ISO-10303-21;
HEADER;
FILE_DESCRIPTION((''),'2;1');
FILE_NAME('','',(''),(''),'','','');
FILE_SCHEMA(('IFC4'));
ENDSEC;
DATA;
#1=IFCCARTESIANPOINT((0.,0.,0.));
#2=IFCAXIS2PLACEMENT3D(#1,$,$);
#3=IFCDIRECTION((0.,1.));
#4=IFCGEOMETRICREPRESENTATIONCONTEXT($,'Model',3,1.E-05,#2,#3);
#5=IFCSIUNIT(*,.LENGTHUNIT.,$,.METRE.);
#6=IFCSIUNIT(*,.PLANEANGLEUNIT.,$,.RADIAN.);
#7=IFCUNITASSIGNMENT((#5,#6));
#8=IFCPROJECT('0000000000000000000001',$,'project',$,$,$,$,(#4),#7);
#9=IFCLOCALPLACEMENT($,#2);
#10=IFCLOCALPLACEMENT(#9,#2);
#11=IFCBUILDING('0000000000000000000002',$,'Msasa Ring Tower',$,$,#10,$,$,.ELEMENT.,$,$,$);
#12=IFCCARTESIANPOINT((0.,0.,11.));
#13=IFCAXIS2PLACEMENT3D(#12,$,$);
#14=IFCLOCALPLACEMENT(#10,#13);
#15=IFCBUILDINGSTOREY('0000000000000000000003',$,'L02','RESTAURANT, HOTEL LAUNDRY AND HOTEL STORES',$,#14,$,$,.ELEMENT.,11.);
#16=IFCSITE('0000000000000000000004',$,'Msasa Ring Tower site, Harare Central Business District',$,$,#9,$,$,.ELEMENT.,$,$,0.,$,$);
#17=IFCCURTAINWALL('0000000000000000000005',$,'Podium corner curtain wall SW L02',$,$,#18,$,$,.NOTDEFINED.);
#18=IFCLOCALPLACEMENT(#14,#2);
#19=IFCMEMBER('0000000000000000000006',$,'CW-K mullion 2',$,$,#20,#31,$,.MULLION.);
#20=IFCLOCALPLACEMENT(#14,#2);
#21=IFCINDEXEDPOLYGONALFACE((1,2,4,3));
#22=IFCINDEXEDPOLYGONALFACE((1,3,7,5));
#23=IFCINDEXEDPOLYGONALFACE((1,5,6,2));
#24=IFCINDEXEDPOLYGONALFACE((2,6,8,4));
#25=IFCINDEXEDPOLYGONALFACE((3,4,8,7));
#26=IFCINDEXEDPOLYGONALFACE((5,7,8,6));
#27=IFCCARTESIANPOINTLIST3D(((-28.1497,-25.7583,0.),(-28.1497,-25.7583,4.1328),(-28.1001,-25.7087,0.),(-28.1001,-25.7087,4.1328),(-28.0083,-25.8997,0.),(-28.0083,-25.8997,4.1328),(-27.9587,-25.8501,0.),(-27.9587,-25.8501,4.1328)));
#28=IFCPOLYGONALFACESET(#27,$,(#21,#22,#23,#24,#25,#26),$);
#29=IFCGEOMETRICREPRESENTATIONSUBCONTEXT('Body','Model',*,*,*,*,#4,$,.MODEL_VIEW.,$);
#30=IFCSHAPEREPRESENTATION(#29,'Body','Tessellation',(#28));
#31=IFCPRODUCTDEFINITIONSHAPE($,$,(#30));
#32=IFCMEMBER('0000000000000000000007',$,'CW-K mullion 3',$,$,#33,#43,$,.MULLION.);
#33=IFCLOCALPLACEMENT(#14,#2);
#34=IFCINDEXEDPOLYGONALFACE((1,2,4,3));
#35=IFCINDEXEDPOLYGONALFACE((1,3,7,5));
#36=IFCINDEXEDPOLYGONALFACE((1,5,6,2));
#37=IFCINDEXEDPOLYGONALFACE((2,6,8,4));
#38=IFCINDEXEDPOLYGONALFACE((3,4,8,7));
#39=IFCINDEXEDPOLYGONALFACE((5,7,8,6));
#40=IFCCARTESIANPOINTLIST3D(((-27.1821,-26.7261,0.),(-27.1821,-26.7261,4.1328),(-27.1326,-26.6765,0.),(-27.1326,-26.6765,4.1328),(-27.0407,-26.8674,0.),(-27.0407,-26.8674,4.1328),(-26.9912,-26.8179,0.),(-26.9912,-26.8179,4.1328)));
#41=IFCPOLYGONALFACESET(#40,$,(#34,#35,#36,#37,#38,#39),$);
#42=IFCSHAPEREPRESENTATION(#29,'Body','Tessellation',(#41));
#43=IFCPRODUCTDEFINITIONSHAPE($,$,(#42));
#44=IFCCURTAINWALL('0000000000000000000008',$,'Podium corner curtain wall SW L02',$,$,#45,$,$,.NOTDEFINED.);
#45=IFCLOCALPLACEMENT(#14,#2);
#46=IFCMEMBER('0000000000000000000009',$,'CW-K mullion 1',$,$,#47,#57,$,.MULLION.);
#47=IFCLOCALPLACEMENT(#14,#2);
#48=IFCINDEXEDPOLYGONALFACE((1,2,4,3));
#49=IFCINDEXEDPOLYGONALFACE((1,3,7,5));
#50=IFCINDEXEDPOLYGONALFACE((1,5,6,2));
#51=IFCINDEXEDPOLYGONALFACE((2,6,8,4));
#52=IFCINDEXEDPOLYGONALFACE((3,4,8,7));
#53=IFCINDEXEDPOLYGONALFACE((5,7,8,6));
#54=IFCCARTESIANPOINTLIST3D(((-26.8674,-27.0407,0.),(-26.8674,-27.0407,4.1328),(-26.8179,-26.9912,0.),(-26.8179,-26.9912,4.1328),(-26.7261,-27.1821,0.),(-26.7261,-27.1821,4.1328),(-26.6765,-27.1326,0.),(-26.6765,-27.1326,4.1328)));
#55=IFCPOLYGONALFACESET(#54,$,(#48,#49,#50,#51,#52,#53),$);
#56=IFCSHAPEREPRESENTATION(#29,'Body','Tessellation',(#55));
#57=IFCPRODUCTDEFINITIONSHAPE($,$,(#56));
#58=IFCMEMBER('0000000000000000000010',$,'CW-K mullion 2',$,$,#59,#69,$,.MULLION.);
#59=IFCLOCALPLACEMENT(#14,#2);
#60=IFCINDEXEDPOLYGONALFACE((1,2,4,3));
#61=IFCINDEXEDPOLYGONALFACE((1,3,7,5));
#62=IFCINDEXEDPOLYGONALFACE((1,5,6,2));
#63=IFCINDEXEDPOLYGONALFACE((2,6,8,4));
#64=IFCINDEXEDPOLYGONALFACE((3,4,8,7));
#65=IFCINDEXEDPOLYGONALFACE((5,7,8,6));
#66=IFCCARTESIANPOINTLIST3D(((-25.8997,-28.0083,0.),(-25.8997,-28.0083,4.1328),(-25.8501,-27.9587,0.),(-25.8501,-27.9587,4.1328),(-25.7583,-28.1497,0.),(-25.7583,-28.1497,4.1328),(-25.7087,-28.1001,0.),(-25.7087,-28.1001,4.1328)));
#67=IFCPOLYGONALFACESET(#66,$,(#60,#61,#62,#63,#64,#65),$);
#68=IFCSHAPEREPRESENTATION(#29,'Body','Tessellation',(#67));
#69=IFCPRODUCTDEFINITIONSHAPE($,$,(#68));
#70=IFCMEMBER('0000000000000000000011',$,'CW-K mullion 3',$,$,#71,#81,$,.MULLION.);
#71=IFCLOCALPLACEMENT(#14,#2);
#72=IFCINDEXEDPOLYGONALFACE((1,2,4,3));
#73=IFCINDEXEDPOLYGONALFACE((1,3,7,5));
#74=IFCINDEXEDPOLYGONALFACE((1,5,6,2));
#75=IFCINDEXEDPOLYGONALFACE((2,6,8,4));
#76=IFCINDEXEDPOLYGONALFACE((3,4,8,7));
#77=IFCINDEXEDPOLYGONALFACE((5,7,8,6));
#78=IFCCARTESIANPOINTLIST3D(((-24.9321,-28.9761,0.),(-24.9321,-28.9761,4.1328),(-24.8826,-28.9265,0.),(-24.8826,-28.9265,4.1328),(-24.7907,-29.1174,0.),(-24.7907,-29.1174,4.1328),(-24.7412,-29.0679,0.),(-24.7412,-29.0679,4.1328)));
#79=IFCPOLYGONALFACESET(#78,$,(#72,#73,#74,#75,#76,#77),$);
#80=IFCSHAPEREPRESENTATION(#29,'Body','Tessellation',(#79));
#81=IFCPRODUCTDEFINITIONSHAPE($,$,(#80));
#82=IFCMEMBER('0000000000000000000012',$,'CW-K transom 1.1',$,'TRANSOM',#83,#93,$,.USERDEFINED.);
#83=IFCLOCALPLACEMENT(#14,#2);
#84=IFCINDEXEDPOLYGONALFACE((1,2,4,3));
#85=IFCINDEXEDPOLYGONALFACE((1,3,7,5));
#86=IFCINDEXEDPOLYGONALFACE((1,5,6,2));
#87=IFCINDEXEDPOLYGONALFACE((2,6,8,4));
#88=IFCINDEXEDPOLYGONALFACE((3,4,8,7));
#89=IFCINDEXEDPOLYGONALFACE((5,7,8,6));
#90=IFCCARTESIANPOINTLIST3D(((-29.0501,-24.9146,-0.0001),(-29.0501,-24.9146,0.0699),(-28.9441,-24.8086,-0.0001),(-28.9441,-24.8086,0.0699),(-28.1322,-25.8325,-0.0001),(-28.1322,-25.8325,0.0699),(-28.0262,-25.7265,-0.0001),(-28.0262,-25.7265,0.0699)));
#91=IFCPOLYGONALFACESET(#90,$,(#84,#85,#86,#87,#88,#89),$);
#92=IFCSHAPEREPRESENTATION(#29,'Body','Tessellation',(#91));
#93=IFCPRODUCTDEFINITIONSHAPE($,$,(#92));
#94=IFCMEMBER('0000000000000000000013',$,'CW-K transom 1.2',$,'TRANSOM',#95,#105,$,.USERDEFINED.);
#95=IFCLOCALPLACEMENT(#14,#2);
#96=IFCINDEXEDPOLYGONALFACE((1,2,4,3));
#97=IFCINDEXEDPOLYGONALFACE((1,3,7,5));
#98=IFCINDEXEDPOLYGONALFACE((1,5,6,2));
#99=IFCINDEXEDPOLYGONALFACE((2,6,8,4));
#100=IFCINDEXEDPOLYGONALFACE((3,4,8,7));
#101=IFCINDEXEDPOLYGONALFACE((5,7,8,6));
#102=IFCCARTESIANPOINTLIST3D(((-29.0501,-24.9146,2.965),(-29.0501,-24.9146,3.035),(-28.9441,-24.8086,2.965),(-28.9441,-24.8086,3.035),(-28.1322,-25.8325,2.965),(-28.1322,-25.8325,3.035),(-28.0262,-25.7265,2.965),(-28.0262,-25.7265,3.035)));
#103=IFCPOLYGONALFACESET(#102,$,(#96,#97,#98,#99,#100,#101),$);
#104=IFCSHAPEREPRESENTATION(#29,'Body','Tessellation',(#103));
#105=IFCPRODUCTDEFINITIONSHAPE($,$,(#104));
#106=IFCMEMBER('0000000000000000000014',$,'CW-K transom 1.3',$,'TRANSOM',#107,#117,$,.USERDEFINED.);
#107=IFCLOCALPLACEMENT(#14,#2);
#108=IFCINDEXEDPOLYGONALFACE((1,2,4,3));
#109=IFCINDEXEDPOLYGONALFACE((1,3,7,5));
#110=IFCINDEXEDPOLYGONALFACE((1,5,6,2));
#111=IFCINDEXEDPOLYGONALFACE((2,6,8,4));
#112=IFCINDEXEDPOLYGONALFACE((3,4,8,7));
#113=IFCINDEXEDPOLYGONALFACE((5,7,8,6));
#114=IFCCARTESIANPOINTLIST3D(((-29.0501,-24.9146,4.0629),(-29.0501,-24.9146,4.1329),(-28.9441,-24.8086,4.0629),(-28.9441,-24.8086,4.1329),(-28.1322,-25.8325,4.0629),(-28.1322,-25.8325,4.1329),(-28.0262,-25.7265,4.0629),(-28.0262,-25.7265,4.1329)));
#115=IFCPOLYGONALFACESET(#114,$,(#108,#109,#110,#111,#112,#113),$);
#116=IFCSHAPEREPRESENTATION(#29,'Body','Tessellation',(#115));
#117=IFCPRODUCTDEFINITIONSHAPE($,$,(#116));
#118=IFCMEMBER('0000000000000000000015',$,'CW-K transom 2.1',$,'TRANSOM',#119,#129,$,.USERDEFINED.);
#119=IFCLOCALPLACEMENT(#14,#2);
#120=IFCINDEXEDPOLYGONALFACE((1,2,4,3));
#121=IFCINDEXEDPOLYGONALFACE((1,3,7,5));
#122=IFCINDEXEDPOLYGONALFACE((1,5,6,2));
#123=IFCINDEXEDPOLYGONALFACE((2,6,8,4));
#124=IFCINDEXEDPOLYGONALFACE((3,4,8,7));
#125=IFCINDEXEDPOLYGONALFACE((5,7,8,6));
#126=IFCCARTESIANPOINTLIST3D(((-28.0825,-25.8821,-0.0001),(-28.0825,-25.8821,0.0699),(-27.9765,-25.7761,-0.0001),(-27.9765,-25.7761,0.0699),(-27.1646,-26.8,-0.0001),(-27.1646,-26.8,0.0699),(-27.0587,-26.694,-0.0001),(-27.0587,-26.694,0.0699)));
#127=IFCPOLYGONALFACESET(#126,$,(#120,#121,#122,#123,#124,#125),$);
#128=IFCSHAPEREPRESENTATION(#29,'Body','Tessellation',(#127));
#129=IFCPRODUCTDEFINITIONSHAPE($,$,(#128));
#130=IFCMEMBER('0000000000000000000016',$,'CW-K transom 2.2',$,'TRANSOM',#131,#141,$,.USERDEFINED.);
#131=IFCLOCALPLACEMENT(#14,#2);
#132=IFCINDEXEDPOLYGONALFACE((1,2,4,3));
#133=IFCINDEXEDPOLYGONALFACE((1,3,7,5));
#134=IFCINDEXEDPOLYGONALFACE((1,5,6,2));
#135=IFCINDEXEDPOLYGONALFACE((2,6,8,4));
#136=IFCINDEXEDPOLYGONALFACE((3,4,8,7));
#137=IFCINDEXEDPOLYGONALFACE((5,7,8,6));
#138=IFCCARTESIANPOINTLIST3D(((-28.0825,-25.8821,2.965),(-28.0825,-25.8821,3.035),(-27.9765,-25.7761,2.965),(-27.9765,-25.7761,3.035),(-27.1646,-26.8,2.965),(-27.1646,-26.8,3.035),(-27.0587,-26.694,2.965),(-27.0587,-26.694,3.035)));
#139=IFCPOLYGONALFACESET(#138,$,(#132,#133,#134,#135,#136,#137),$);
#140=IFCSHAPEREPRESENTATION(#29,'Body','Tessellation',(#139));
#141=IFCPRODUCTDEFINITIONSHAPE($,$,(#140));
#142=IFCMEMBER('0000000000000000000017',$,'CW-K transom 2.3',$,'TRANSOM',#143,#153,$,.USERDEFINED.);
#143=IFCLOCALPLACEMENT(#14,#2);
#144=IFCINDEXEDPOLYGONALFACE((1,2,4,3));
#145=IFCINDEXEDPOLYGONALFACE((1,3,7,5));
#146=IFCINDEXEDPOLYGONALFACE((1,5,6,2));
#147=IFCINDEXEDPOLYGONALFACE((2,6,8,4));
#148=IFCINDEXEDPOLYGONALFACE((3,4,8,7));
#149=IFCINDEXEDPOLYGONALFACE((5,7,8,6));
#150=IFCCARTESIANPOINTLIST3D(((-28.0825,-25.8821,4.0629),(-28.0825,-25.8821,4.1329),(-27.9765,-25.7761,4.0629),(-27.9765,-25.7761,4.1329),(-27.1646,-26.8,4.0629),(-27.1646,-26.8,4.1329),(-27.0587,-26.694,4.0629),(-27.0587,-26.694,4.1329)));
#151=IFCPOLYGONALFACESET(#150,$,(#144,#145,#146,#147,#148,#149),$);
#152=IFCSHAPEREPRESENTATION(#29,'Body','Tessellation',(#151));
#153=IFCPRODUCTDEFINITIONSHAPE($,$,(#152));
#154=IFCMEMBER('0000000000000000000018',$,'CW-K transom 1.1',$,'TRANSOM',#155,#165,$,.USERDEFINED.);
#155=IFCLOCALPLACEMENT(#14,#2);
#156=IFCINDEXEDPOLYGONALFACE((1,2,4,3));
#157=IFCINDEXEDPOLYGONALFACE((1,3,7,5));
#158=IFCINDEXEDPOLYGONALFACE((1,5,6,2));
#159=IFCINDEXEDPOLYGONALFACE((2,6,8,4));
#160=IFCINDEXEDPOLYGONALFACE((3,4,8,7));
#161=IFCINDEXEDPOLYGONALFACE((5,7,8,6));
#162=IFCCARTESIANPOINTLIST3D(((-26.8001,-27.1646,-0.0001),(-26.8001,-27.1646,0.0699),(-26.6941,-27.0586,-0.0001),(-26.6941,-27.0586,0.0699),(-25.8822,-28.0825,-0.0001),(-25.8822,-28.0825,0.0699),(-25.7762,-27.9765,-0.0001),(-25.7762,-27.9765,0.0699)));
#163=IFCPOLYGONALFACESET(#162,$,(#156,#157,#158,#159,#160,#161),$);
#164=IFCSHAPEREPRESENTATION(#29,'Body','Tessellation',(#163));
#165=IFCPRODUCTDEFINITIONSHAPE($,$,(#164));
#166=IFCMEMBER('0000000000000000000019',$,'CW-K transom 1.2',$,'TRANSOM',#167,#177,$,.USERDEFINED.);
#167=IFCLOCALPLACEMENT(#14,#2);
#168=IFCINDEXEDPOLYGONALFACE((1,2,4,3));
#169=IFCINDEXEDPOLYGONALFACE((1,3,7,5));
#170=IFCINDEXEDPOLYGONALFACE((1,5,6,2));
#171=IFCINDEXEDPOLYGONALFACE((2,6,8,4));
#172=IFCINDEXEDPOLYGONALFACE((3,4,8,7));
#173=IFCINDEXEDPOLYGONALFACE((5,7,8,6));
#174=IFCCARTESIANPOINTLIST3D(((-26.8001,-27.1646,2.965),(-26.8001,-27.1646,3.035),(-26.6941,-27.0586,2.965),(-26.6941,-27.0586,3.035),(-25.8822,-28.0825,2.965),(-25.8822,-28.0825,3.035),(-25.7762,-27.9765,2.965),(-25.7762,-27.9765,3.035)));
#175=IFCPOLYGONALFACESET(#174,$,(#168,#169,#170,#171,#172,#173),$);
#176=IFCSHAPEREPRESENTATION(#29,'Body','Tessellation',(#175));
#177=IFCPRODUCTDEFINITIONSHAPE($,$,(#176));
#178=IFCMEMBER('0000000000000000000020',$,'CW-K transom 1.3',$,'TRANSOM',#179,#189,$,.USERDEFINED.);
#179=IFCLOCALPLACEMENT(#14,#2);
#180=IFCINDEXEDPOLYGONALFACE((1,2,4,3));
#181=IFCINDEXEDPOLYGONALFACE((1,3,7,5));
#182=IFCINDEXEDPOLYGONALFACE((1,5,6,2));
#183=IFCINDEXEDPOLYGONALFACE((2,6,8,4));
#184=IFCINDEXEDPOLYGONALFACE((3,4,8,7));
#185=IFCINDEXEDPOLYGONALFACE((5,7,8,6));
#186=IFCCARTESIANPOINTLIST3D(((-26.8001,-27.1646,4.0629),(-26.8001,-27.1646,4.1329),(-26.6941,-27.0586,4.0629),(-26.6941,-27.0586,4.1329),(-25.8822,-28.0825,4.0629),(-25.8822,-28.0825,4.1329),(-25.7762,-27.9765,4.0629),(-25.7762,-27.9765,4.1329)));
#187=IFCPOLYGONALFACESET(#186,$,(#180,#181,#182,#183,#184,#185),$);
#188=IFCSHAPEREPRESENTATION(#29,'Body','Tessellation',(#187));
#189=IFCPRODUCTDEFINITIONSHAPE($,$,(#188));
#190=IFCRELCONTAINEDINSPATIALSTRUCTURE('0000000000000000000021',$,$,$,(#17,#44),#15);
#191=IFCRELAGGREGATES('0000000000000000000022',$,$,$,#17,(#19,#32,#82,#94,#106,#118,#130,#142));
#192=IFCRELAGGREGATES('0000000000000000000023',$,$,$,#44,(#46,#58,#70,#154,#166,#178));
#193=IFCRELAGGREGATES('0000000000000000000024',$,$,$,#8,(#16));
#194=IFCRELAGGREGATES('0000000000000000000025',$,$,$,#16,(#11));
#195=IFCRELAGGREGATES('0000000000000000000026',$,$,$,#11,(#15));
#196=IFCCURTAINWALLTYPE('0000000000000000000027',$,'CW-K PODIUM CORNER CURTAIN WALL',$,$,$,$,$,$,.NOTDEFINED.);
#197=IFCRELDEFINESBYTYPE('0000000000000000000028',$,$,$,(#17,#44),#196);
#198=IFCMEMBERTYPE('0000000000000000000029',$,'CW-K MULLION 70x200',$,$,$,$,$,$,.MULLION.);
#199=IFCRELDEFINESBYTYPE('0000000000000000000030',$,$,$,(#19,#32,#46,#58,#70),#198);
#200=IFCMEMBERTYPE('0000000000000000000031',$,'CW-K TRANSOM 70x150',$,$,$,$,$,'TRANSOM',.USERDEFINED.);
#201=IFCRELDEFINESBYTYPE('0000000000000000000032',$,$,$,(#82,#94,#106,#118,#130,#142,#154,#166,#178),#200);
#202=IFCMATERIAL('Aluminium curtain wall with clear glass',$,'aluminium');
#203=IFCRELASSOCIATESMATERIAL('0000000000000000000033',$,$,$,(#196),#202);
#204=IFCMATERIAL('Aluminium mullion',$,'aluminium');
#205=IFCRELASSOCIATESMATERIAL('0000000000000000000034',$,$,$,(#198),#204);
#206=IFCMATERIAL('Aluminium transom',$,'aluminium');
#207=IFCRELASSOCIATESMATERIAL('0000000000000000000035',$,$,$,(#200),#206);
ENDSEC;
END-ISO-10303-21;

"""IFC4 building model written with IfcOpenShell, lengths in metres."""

from ifc_helpers import new_model, si_unit, direction, frame, origin, origin_2d, place, context, subcontext, project, spatial, rectangle, extrude, material, material_profile, profile_set, type_object, element, aggregate, save


model = new_model("IFC4")

# Units and contexts
model_context = context("Model", 3, precision=1e-05, world=origin(), true_north=direction((0.0, 1.0)))
body_context = subcontext(model_context, "Body", "Model", "MODEL_VIEW")
ifc_project = project(units=[si_unit("LENGTHUNIT", "METRE"), si_unit("PLANEANGLEUNIT", "RADIAN")], contexts=[model_context])

# Site, building, storey
site_placement = place(None, origin())
site = spatial("IfcSite", under=ifc_project, at=site_placement, Name="Msasa Ring Tower site, Harare Central Business District", CompositionType="ELEMENT", RefElevation=0.0)
building_placement = place(site_placement, origin())
building = spatial("IfcBuilding", under=site, at=building_placement, Name="Msasa Ring Tower", CompositionType="ELEMENT")
storey_placement = place(building_placement, frame((0.0, 0.0, 11.0)))
storey = spatial("IfcBuildingStorey", under=building, at=storey_placement, Name="L02", Description="RESTAURANT, HOTEL LAUNDRY AND HOTEL STORES", CompositionType="ELEMENT", Elevation=11.0)

# Curtain walls, members
ifc_material_1 = material(Name="Aluminium curtain wall with clear glass", Category="aluminium")
curtain_wall_type = type_object("IfcCurtainWallType", Name="CW-K PODIUM CORNER CURTAIN WALL", PredefinedType="NOTDEFINED", material=ifc_material_1)
curtain_wall_1_placement = place(storey_placement, origin())
curtain_wall_1 = element("IfcCurtainWall", 1, at=curtain_wall_1_placement, inside=storey, type_object=curtain_wall_type, Name="Podium corner curtain wall SW L02", PredefinedType="NOTDEFINED")
ifc_material_2 = material(Name="Aluminium mullion", Category="aluminium")
ifc_material_profile_1 = material_profile(ifc_material_2, rectangle(XDim=0.0701, YDim=0.2, at=origin_2d()), Name="AL 70x200")
ifc_profile_set_1 = profile_set([ifc_material_profile_1], Name="Aluminium mullion")
member_type_1 = type_object("IfcMemberType", Name="CW-K MULLION 70x200", PredefinedType="MULLION", material=ifc_profile_set_1)
member_1_placement = place(storey_placement, frame((-28.0542, -25.8042, 0.0), z_axis=(0.0, 0.0, 1.0), x_axis=(0.707107, 0.707107, 0.0)))
member_1 = element("IfcMember", 2, at=member_1_placement, type_object=member_type_1, Name="CW-K mullion 2", PredefinedType="MULLION", context=body_context, shape_type="SweptSolid", body=[
    extrude(rectangle(XDim=0.0701, YDim=0.2, at=origin_2d()), origin(), (0.0, 0.0, 1.0), 4.1328),
])
member_2_placement = place(storey_placement, frame((-27.0867, -26.772, 0.0), z_axis=(0.0, 0.0, 1.0), x_axis=(0.707107, 0.707107, 0.0)))
member_2 = element("IfcMember", 3, at=member_2_placement, type_object=member_type_1, Name="CW-K mullion 3", PredefinedType="MULLION", context=body_context, shape_type="SweptSolid", body=[
    extrude(rectangle(XDim=0.0701, YDim=0.2, at=origin_2d()), origin(), (0.0, 0.0, 1.0), 4.1328),
])
curtain_wall_2_placement = place(storey_placement, origin())
curtain_wall_2 = element("IfcCurtainWall", 4, at=curtain_wall_2_placement, inside=storey, type_object=curtain_wall_type, Name="Podium corner curtain wall SW L02", PredefinedType="NOTDEFINED")
member_3_placement = place(storey_placement, frame((-26.772, -27.0867, 0.0), z_axis=(0.0, 0.0, 1.0), x_axis=(0.707107, 0.707107, 0.0)))
member_3 = element("IfcMember", 5, at=member_3_placement, type_object=member_type_1, Name="CW-K mullion 1", PredefinedType="MULLION", context=body_context, shape_type="SweptSolid", body=[
    extrude(rectangle(XDim=0.0701, YDim=0.2, at=origin_2d()), origin(), (0.0, 0.0, 1.0), 4.1328),
])
member_4_placement = place(storey_placement, frame((-25.8042, -28.0542, 0.0), z_axis=(0.0, 0.0, 1.0), x_axis=(0.707107, 0.707107, 0.0)))
member_4 = element("IfcMember", 6, at=member_4_placement, type_object=member_type_1, Name="CW-K mullion 2", PredefinedType="MULLION", context=body_context, shape_type="SweptSolid", body=[
    extrude(rectangle(XDim=0.0701, YDim=0.2, at=origin_2d()), origin(), (0.0, 0.0, 1.0), 4.1328),
])
member_5_placement = place(storey_placement, frame((-24.8367, -29.022, 0.0), z_axis=(0.0, 0.0, 1.0), x_axis=(0.707107, 0.707107, 0.0)))
member_5 = element("IfcMember", 7, at=member_5_placement, type_object=member_type_1, Name="CW-K mullion 3", PredefinedType="MULLION", context=body_context, shape_type="SweptSolid", body=[
    extrude(rectangle(XDim=0.0701, YDim=0.2, at=origin_2d()), origin(), (0.0, 0.0, 1.0), 4.1328),
])

# Members
ifc_material_3 = material(Name="Aluminium transom", Category="aluminium")
ifc_material_profile_2 = material_profile(ifc_material_3, rectangle(XDim=0.1499, YDim=0.0701, at=origin_2d()), Name="AL 70x150")
ifc_profile_set_2 = profile_set([ifc_material_profile_2], Name="Aluminium transom")
member_type_2 = type_object("IfcMemberType", Name="CW-K TRANSOM 70x150", ElementType="TRANSOM", PredefinedType="USERDEFINED", material=ifc_profile_set_2)
member_6_placement = place(storey_placement, frame((-28.9971, -24.8616, 0.0349), z_axis=(0.707107, -0.707107, 0.0), x_axis=(0.707107, 0.707107, 0.0)))
member_6 = element("IfcMember", 8, at=member_6_placement, type_object=member_type_2, Name="CW-K transom 1.1", ObjectType="TRANSOM", PredefinedType="USERDEFINED", context=body_context, shape_type="SweptSolid", body=[
    extrude(rectangle(XDim=0.1499, YDim=0.0701, at=origin_2d()), origin(), (0.0, 0.0, 1.0), 1.2981),
])
member_7_placement = place(storey_placement, frame((-28.9971, -24.8616, 3.0), z_axis=(0.707107, -0.707107, 0.0), x_axis=(0.707107, 0.707107, 0.0)))
member_7 = element("IfcMember", 9, at=member_7_placement, type_object=member_type_2, Name="CW-K transom 1.2", ObjectType="TRANSOM", PredefinedType="USERDEFINED", context=body_context, shape_type="SweptSolid", body=[
    extrude(rectangle(XDim=0.1499, YDim=0.0701, at=origin_2d()), origin(), (0.0, 0.0, 1.0), 1.2981),
])
member_8_placement = place(storey_placement, frame((-28.9971, -24.8616, 4.0979), z_axis=(0.707107, -0.707107, 0.0), x_axis=(0.707107, 0.707107, 0.0)))
member_8 = element("IfcMember", 10, at=member_8_placement, type_object=member_type_2, Name="CW-K transom 1.3", ObjectType="TRANSOM", PredefinedType="USERDEFINED", context=body_context, shape_type="SweptSolid", body=[
    extrude(rectangle(XDim=0.1499, YDim=0.0701, at=origin_2d()), origin(), (0.0, 0.0, 1.0), 1.2981),
])
member_9_placement = place(storey_placement, frame((-28.0295, -25.8291, 0.0349), z_axis=(0.707107, -0.707107, 0.0), x_axis=(0.707107, 0.707107, 0.0)))
member_9 = element("IfcMember", 11, at=member_9_placement, type_object=member_type_2, Name="CW-K transom 2.1", ObjectType="TRANSOM", PredefinedType="USERDEFINED", context=body_context, shape_type="SweptSolid", body=[
    extrude(rectangle(XDim=0.1499, YDim=0.0701, at=origin_2d()), origin(), (0.0, 0.0, 1.0), 1.2981),
])
member_10_placement = place(storey_placement, frame((-28.0295, -25.8291, 3.0), z_axis=(0.707107, -0.707107, 0.0), x_axis=(0.707107, 0.707107, 0.0)))
member_10 = element("IfcMember", 12, at=member_10_placement, type_object=member_type_2, Name="CW-K transom 2.2", ObjectType="TRANSOM", PredefinedType="USERDEFINED", context=body_context, shape_type="SweptSolid", body=[
    extrude(rectangle(XDim=0.1499, YDim=0.0701, at=origin_2d()), origin(), (0.0, 0.0, 1.0), 1.2981),
])
member_11_placement = place(storey_placement, frame((-28.0295, -25.8291, 4.0979), z_axis=(0.707107, -0.707107, 0.0), x_axis=(0.707107, 0.707107, 0.0)))
member_11 = element("IfcMember", 13, at=member_11_placement, type_object=member_type_2, Name="CW-K transom 2.3", ObjectType="TRANSOM", PredefinedType="USERDEFINED", context=body_context, shape_type="SweptSolid", body=[
    extrude(rectangle(XDim=0.1499, YDim=0.0701, at=origin_2d()), origin(), (0.0, 0.0, 1.0), 1.2981),
])
member_12_placement = place(storey_placement, frame((-26.7471, -27.1116, 0.0349), z_axis=(0.707107, -0.707107, 0.0), x_axis=(0.707107, 0.707107, 0.0)))
member_12 = element("IfcMember", 14, at=member_12_placement, type_object=member_type_2, Name="CW-K transom 1.1", ObjectType="TRANSOM", PredefinedType="USERDEFINED", context=body_context, shape_type="SweptSolid", body=[
    extrude(rectangle(XDim=0.1499, YDim=0.0701, at=origin_2d()), origin(), (0.0, 0.0, 1.0), 1.2981),
])
member_13_placement = place(storey_placement, frame((-26.7471, -27.1116, 3.0), z_axis=(0.707107, -0.707107, 0.0), x_axis=(0.707107, 0.707107, 0.0)))
member_13 = element("IfcMember", 15, at=member_13_placement, type_object=member_type_2, Name="CW-K transom 1.2", ObjectType="TRANSOM", PredefinedType="USERDEFINED", context=body_context, shape_type="SweptSolid", body=[
    extrude(rectangle(XDim=0.1499, YDim=0.0701, at=origin_2d()), origin(), (0.0, 0.0, 1.0), 1.2981),
])
member_14_placement = place(storey_placement, frame((-26.7471, -27.1116, 4.0979), z_axis=(0.707107, -0.707107, 0.0), x_axis=(0.707107, 0.707107, 0.0)))
member_14 = element("IfcMember", 16, at=member_14_placement, type_object=member_type_2, Name="CW-K transom 1.3", ObjectType="TRANSOM", PredefinedType="USERDEFINED", context=body_context, shape_type="SweptSolid", body=[
    extrude(rectangle(XDim=0.1499, YDim=0.0701, at=origin_2d()), origin(), (0.0, 0.0, 1.0), 1.2981),
])

aggregate(curtain_wall_1, [member_1, member_2, member_6, member_7, member_8, member_9, member_10, member_11])
aggregate(curtain_wall_2, [member_3, member_4, member_5, member_12, member_13, member_14])

save(model, "model.ifc")
